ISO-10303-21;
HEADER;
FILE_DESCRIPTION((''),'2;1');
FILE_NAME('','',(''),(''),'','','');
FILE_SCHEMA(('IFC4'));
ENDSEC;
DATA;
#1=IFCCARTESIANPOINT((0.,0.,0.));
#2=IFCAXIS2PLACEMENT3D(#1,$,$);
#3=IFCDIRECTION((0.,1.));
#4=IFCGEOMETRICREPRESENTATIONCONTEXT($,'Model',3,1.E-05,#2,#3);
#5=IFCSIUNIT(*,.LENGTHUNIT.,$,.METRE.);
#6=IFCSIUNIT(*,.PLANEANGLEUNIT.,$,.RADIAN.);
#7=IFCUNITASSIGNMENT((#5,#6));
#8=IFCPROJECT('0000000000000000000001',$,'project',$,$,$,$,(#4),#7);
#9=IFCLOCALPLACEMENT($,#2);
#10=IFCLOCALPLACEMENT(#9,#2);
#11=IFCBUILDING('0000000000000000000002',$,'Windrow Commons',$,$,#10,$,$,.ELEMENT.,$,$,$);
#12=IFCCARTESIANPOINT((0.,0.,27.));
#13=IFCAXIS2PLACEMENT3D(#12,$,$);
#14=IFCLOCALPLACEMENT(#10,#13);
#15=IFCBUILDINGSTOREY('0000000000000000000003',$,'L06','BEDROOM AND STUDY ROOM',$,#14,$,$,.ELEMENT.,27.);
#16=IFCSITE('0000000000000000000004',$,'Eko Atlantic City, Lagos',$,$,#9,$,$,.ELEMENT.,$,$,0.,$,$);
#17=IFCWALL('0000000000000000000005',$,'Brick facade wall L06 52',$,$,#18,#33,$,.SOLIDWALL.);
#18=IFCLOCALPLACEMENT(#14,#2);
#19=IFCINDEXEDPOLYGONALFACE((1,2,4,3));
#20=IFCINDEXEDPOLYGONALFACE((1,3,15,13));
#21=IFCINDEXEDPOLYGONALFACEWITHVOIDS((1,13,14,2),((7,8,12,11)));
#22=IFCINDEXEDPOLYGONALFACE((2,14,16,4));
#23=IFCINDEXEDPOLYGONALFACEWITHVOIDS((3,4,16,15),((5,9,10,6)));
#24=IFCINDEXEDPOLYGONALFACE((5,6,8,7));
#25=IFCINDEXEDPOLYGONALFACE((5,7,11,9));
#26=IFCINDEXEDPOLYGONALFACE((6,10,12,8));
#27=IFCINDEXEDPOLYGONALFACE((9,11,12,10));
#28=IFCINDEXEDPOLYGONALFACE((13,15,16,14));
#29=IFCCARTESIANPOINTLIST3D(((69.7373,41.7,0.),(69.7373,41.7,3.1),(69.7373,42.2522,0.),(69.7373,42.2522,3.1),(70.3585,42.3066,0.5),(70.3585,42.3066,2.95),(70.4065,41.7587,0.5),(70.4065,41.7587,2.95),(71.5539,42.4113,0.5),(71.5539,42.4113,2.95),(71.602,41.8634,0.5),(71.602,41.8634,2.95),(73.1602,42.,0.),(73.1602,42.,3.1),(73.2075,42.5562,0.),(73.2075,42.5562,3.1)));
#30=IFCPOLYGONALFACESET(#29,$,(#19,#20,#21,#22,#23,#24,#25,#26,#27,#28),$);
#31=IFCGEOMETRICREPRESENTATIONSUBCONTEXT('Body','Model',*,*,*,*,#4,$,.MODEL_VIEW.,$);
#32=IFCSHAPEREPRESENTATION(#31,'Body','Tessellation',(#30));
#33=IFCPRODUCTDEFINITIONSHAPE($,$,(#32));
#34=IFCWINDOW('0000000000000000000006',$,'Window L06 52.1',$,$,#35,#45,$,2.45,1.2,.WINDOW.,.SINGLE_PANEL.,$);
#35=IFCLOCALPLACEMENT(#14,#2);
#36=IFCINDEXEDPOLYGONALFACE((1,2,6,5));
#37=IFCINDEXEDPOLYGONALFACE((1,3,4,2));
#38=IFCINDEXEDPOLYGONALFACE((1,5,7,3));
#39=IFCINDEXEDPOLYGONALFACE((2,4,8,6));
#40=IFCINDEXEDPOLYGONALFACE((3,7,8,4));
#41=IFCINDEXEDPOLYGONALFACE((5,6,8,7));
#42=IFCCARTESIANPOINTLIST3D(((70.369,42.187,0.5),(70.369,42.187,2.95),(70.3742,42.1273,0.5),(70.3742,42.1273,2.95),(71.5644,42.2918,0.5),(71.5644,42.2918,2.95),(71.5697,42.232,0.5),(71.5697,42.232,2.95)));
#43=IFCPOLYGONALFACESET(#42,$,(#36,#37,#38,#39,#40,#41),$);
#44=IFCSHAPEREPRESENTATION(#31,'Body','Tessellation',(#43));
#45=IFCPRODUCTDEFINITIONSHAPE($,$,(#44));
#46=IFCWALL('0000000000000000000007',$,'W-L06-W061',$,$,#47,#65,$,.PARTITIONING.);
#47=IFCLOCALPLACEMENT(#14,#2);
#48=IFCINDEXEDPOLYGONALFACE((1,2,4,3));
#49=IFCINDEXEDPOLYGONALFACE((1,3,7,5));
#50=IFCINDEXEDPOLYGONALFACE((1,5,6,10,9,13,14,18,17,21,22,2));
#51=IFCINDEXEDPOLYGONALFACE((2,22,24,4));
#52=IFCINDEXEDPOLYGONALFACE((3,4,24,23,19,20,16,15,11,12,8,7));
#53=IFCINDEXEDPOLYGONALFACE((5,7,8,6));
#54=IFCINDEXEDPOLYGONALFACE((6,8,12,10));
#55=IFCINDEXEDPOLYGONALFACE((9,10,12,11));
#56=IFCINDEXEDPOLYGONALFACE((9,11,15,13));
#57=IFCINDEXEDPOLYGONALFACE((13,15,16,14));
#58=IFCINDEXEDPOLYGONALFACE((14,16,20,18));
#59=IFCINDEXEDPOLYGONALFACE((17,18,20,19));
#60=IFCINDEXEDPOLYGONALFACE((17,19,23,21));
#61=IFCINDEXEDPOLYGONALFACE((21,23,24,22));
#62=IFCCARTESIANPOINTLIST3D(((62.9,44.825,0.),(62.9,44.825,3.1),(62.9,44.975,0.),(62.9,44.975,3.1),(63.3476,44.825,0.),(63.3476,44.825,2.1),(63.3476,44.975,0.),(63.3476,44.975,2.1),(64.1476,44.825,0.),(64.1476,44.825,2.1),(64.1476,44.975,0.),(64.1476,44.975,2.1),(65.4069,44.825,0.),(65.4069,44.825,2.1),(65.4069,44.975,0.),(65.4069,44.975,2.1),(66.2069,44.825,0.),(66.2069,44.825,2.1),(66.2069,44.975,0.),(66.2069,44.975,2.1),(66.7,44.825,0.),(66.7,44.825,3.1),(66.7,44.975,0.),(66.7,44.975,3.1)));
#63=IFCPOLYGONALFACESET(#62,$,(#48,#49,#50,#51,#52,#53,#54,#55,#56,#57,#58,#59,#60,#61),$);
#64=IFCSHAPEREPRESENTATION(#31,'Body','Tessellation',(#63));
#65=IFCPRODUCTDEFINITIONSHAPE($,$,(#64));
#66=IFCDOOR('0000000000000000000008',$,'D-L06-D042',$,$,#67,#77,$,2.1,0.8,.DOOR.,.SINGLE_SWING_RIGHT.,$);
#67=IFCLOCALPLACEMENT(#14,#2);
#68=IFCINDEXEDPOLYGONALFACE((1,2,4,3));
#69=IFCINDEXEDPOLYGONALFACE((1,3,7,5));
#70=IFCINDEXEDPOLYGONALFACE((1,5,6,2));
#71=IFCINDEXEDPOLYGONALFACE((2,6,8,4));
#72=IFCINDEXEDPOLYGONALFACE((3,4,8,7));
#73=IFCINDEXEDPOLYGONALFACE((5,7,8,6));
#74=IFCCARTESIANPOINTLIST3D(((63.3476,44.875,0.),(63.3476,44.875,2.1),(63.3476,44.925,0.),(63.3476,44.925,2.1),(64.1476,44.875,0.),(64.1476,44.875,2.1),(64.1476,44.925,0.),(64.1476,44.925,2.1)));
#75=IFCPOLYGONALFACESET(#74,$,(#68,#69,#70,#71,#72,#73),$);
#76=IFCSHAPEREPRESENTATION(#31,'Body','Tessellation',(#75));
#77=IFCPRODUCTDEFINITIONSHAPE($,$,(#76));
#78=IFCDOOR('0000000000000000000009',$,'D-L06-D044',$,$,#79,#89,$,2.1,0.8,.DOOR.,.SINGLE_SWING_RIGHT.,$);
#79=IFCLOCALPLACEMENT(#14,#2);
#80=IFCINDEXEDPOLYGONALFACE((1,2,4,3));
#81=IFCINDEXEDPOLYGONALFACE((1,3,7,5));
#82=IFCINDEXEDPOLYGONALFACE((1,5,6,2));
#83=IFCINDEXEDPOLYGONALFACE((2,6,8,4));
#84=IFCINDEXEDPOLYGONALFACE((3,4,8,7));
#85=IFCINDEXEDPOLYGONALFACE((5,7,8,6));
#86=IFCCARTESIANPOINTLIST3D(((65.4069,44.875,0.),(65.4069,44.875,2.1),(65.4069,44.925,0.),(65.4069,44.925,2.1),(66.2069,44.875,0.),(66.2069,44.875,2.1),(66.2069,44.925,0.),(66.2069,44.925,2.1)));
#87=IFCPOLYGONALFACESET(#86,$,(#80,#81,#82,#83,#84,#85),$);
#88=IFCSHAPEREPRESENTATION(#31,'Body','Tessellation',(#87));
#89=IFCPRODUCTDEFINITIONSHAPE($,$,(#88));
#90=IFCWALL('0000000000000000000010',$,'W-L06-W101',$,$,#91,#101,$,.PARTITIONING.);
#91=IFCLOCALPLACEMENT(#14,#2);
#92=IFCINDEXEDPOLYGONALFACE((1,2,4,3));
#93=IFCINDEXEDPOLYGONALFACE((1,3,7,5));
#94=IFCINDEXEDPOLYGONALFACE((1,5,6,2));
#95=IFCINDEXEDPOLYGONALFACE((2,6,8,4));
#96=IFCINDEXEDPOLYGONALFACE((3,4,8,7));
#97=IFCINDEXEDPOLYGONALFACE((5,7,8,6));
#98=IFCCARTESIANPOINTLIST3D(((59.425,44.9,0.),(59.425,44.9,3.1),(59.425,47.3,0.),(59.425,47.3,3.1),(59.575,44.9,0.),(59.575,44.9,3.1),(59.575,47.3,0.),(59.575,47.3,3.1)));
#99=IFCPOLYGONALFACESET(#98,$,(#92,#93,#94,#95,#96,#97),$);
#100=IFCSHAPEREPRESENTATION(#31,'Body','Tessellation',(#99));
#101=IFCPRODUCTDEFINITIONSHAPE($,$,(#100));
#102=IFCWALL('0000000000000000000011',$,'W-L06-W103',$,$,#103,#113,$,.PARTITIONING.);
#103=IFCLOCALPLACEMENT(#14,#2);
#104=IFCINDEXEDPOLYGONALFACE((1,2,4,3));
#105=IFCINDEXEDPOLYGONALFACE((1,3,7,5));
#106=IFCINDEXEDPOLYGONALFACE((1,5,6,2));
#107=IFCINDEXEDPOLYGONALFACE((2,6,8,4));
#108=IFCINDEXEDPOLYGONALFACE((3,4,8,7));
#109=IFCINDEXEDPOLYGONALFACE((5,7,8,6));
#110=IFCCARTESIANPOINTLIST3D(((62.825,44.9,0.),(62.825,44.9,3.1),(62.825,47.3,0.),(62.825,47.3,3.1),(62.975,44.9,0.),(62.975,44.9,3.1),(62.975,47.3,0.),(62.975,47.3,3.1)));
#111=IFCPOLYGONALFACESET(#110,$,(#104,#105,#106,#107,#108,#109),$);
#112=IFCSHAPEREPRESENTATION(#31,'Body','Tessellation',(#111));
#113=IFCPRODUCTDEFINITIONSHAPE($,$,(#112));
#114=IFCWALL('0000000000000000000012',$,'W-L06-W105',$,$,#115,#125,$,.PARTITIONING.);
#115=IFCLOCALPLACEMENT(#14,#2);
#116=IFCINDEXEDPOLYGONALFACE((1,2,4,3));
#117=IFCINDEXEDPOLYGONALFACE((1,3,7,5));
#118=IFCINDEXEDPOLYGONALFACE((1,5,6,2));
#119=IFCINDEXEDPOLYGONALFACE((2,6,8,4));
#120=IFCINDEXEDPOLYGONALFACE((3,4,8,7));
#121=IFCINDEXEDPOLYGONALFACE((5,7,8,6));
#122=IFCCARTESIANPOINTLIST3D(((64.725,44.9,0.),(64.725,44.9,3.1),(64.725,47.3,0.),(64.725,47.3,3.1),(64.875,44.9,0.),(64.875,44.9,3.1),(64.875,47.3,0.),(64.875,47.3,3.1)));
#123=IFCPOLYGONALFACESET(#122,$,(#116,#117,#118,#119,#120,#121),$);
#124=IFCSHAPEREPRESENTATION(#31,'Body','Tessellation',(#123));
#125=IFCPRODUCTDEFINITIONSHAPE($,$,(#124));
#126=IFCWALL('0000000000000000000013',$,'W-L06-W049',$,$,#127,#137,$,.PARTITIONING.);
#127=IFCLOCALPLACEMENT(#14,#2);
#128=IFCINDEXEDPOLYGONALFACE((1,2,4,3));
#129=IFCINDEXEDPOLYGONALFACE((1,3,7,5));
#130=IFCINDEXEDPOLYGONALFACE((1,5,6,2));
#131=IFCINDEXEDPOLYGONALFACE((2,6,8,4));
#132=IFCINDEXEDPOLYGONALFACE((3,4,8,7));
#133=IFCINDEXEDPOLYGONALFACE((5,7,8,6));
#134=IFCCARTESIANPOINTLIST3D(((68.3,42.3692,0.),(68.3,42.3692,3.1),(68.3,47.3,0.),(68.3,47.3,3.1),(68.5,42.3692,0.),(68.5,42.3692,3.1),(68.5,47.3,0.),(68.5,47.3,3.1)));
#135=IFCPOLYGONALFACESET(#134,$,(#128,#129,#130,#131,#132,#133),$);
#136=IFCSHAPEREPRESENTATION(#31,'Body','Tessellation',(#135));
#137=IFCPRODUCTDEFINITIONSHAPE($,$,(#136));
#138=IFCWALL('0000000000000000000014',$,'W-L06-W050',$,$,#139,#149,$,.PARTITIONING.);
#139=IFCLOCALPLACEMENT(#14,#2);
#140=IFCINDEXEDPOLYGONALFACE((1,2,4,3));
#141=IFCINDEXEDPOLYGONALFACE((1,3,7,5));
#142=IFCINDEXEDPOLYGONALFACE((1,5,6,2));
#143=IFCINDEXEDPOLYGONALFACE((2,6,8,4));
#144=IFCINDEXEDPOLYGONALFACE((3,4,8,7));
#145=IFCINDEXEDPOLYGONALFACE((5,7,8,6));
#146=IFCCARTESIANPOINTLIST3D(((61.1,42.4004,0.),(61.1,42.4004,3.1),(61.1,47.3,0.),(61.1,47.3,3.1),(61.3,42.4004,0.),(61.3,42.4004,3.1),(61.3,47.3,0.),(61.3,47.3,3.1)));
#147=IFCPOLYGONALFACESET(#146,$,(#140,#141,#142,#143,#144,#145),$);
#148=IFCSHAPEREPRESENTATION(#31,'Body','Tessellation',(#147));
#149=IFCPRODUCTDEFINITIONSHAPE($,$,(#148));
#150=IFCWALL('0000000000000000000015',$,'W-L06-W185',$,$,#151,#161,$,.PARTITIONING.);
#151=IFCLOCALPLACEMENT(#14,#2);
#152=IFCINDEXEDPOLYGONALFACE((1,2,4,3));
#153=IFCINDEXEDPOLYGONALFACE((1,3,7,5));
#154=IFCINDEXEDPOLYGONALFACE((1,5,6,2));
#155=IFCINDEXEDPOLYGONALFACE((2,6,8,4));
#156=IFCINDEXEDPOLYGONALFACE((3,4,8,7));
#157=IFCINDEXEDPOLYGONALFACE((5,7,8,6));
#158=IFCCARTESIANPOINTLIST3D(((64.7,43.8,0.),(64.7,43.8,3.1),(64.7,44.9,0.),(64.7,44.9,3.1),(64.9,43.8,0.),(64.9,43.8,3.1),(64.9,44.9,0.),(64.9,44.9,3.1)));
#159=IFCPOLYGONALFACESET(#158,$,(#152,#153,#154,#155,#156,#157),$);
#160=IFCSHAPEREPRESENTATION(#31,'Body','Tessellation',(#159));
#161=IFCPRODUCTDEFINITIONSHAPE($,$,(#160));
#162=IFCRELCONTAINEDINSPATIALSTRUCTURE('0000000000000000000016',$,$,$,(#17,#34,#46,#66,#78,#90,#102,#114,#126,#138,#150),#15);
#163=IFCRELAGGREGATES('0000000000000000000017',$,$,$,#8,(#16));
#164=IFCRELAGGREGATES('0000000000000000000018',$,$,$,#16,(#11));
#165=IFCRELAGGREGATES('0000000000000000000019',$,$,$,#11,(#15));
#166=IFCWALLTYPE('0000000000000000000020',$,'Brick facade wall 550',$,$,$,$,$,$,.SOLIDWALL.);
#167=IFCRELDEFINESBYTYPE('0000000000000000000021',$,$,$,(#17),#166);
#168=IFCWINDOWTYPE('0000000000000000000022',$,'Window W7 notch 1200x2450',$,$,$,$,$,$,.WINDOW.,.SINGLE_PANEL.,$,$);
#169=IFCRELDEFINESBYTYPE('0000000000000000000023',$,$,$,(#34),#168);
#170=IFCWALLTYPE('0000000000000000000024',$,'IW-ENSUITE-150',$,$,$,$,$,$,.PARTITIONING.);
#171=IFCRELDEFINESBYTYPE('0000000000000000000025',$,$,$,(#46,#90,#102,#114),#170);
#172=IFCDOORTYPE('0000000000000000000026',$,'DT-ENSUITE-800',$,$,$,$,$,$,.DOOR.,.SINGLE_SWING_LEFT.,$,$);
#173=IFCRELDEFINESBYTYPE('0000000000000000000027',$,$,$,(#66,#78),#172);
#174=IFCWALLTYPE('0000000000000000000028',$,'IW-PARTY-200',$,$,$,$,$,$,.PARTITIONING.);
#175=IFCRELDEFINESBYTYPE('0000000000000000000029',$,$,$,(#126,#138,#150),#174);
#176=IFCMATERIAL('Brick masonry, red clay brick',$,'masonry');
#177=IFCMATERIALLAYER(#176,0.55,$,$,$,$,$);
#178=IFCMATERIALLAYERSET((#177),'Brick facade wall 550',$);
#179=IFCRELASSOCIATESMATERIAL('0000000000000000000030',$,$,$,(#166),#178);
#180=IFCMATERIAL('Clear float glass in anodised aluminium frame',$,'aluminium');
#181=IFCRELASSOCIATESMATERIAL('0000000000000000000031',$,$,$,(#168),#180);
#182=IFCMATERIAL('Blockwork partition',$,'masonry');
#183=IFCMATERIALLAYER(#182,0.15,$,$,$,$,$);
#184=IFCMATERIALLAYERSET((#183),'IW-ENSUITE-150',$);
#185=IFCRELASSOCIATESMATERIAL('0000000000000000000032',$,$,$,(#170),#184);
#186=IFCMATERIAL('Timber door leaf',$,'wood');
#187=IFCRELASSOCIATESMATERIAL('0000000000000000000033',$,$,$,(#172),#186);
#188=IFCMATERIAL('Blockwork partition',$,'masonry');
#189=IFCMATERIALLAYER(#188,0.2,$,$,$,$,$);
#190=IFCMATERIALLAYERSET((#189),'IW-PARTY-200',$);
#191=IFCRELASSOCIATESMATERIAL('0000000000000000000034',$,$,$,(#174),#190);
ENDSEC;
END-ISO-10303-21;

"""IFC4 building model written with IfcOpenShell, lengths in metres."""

from ifc_helpers import new_model, si_unit, direction, frame, frame_2d, origin, place, context, subcontext, project, spatial, polyline, rectangle, outline, extrude, material, layer, layer_set, type_object, element, fill, save


model = new_model("IFC4")

# Units and contexts
model_context = context("Model", 3, precision=1e-05, world=origin(), true_north=direction((0.0, 1.0)))
body_context = subcontext(model_context, "Body", "Model", "MODEL_VIEW")
ifc_project = project(units=[si_unit("LENGTHUNIT", "METRE"), si_unit("PLANEANGLEUNIT", "RADIAN")], contexts=[model_context])

# Site, building, storey
site_placement = place(None, origin())
site = spatial("IfcSite", under=ifc_project, at=site_placement, Name="Eko Atlantic City, Lagos", CompositionType="ELEMENT", RefElevation=0.0)
building_placement = place(site_placement, origin())
building = spatial("IfcBuilding", under=site, at=building_placement, Name="Windrow Commons", CompositionType="ELEMENT")
storey_placement = place(building_placement, frame((0.0, 0.0, 27.0)))
storey = spatial("IfcBuildingStorey", under=building, at=storey_placement, Name="L06", Description="BEDROOM AND STUDY ROOM", CompositionType="ELEMENT", Elevation=27.0)

# Shared definitions
ifc_material_1 = material(Name="Brick masonry, red clay brick", Category="masonry")
ifc_layer_1 = layer(ifc_material_1, 0.55)
ifc_layer_set_1 = layer_set([ifc_layer_1], Name="Brick facade wall 550")
wall_type_1 = type_object("IfcWallType", Name="Brick facade wall 550", PredefinedType="SOLIDWALL", material=ifc_layer_set_1)
ifc_material_2 = material(Name="Clear float glass in anodised aluminium frame", Category="aluminium")
window_type = type_object("IfcWindowType", Name="Window W7 notch 1200x2450", PartitioningType="SINGLE_PANEL", PredefinedType="WINDOW", material=ifc_material_2)

# Wall, opening, window
wall_1_placement = place(storey_placement, frame((69.7373, 41.9761, 0.0), z_axis=(0.0, 0.0, 1.0), x_axis=(0.996183, 0.087288, 0.0)))
wall_1 = element("IfcWall", 1, at=wall_1_placement, inside=storey, type_object=wall_type_1, Name="Brick facade wall L06 52", PredefinedType="SOLIDWALL", context=body_context, shape_type="SweptSolid", body=[
    extrude(outline(polyline([(-0.0241, -0.275), (3.4119, -0.275), (3.5076, 0.275), (0.0241, 0.275), (-0.0241, -0.275)])), origin(), (0.0, 0.0, 1.0), 3.1),
])
opening_1_placement = place(wall_1_placement, frame((0.6477, 0.0, 0.5)))
opening_1 = element("IfcOpeningElement", 2, at=opening_1_placement, cuts=wall_1, PredefinedType="OPENING", context=body_context, shape_type="SweptSolid", body=[
    extrude(rectangle(XDim=1.2, YDim=2.45, at=frame_2d((0.6, 1.225))), frame((0.0, 0.285, 0.0), z_axis=(0.0, -1.0, 0.0), x_axis=(1.0, 0.0, 0.0)), (0.0, 0.0, 1.0), 0.57),
])
window_1_placement = place(opening_1_placement, origin())
window_1 = element("IfcWindow", 3, at=window_1_placement, inside=storey, type_object=window_type, Name="Window L06 52.1", OverallHeight=2.45, OverallWidth=1.2, PartitioningType="SINGLE_PANEL", PredefinedType="WINDOW", context=body_context, shape_type="SweptSolid", body=[
    extrude(rectangle(XDim=1.2, YDim=2.45, at=frame_2d((0.6, 1.225))), frame((0.0, 0.155, 0.0), z_axis=(0.0, -1.0, 0.0), x_axis=(1.0, 0.0, 0.0)), (0.0, 0.0, 1.0), 0.06),
])
fill(opening_1, window_1)

# Wall, openings, doors
ifc_material_3 = material(Name="Blockwork partition", Category="masonry")
ifc_layer_2 = layer(ifc_material_3, 0.15)
ifc_layer_set_2 = layer_set([ifc_layer_2], Name="IW-ENSUITE-150")
wall_type_2 = type_object("IfcWallType", Name="IW-ENSUITE-150", PredefinedType="PARTITIONING", material=ifc_layer_set_2)
wall_2_placement = place(storey_placement, frame((62.9, 44.9, 0.0), z_axis=(0.0, 0.0, 1.0), x_axis=(1.0, 0.0, 0.0)))
wall_2 = element("IfcWall", 4, at=wall_2_placement, inside=storey, type_object=wall_type_2, Name="W-L06-W061", PredefinedType="PARTITIONING", context=body_context, shape_type="SweptSolid", body=[
    extrude(rectangle(XDim=3.8, YDim=0.15, at=frame_2d((1.9, 0.0))), origin(), (0.0, 0.0, 1.0), 3.1),
])
opening_2_placement = place(wall_2_placement, frame((0.4476, 0.0, 0.0)))
opening_2 = element("IfcOpeningElement", 5, at=opening_2_placement, cuts=wall_2, PredefinedType="OPENING", context=body_context, shape_type="SweptSolid", body=[
    extrude(rectangle(XDim=0.8, YDim=2.1, at=frame_2d((0.4, 1.05))), frame((0.0, 0.085, 0.0), z_axis=(0.0, -1.0, 0.0), x_axis=(1.0, 0.0, 0.0)), (0.0, 0.0, 1.0), 0.17),
])
opening_3_placement = place(wall_2_placement, frame((2.5069, 0.0, 0.0)))
opening_3 = element("IfcOpeningElement", 6, at=opening_3_placement, cuts=wall_2, PredefinedType="OPENING", context=body_context, shape_type="SweptSolid", body=[
    extrude(rectangle(XDim=0.8, YDim=2.1, at=frame_2d((0.4, 1.05))), frame((0.0, 0.085, 0.0), z_axis=(0.0, -1.0, 0.0), x_axis=(1.0, 0.0, 0.0)), (0.0, 0.0, 1.0), 0.17),
])
ifc_material_4 = material(Name="Timber door leaf", Category="wood")
door_type = type_object("IfcDoorType", Name="DT-ENSUITE-800", OperationType="SINGLE_SWING_LEFT", PredefinedType="DOOR", material=ifc_material_4)
door_1_placement = place(opening_2_placement, origin())
door_1 = element("IfcDoor", 7, at=door_1_placement, inside=storey, type_object=door_type, Name="D-L06-D042", OperationType="SINGLE_SWING_RIGHT", OverallHeight=2.1, OverallWidth=0.8, PredefinedType="DOOR", context=body_context, shape_type="SweptSolid", body=[
    extrude(rectangle(XDim=0.8, YDim=2.1, at=frame_2d((0.4, 1.05))), frame((0.0, 0.025, 0.0), z_axis=(0.0, -1.0, 0.0), x_axis=(1.0, 0.0, 0.0)), (0.0, 0.0, 1.0), 0.05),
])
fill(opening_2, door_1)
door_2_placement = place(opening_3_placement, origin())
door_2 = element("IfcDoor", 8, at=door_2_placement, inside=storey, type_object=door_type, Name="D-L06-D044", OperationType="SINGLE_SWING_RIGHT", OverallHeight=2.1, OverallWidth=0.8, PredefinedType="DOOR", context=body_context, shape_type="SweptSolid", body=[
    extrude(rectangle(XDim=0.8, YDim=2.1, at=frame_2d((0.4, 1.05))), frame((0.0, 0.025, 0.0), z_axis=(0.0, -1.0, 0.0), x_axis=(1.0, 0.0, 0.0)), (0.0, 0.0, 1.0), 0.05),
])
fill(opening_3, door_2)

# Walls
for number, where, z_axis, x_axis, name in (
    (9, (59.5, 44.9, 0.0), (0.0, 0.0, 1.0), (0.0, 1.0, 0.0), "W-L06-W101"),
    (10, (62.9, 44.9, 0.0), (0.0, 0.0, 1.0), (0.0, 1.0, 0.0), "W-L06-W103"),
    (11, (64.8, 44.9, 0.0), (0.0, 0.0, 1.0), (0.0, 1.0, 0.0), "W-L06-W105"),
):
    element("IfcWall", number, at=place(storey_placement, frame(where, z_axis=z_axis, x_axis=x_axis)), inside=storey, type_object=wall_type_2, Name=name, PredefinedType="PARTITIONING", context=body_context, shape_type="SweptSolid", body=[
        extrude(rectangle(XDim=2.4, YDim=0.15, at=frame_2d((1.2, 0.0))), origin(), (0.0, 0.0, 1.0), 3.1),
    ])
ifc_material_5 = material(Name="Blockwork partition", Category="masonry")
ifc_layer_3 = layer(ifc_material_5, 0.2)
ifc_layer_set_3 = layer_set([ifc_layer_3], Name="IW-PARTY-200")
wall_type_3 = type_object("IfcWallType", Name="IW-PARTY-200", PredefinedType="PARTITIONING", material=ifc_layer_set_3)
wall_3_placement = place(storey_placement, frame((68.4, 42.3693, 0.0), z_axis=(0.0, 0.0, 1.0), x_axis=(0.0, 1.0, 0.0)))
element("IfcWall", 12, at=wall_3_placement, inside=storey, type_object=wall_type_3, Name="W-L06-W049", PredefinedType="PARTITIONING", context=body_context, shape_type="SweptSolid", body=[
    extrude(rectangle(XDim=4.9307, YDim=0.2, at=frame_2d((2.4653, 0.0))), origin(), (0.0, 0.0, 1.0), 3.1),
])
wall_4_placement = place(storey_placement, frame((61.2, 42.4004, 0.0), z_axis=(0.0, 0.0, 1.0), x_axis=(0.0, 1.0, 0.0)))
element("IfcWall", 13, at=wall_4_placement, inside=storey, type_object=wall_type_3, Name="W-L06-W050", PredefinedType="PARTITIONING", context=body_context, shape_type="SweptSolid", body=[
    extrude(rectangle(XDim=4.8996, YDim=0.2, at=frame_2d((2.4498, 0.0))), origin(), (0.0, 0.0, 1.0), 3.1),
])
wall_5_placement = place(storey_placement, frame((64.8, 43.8, 0.0), z_axis=(0.0, 0.0, 1.0), x_axis=(0.0, 1.0, 0.0)))
element("IfcWall", 14, at=wall_5_placement, inside=storey, type_object=wall_type_3, Name="W-L06-W185", PredefinedType="PARTITIONING", context=body_context, shape_type="SweptSolid", body=[
    extrude(rectangle(XDim=1.1, YDim=0.2, at=frame_2d((0.55, 0.0))), origin(), (0.0, 0.0, 1.0), 3.1),
])

save(model, "model.ifc")
